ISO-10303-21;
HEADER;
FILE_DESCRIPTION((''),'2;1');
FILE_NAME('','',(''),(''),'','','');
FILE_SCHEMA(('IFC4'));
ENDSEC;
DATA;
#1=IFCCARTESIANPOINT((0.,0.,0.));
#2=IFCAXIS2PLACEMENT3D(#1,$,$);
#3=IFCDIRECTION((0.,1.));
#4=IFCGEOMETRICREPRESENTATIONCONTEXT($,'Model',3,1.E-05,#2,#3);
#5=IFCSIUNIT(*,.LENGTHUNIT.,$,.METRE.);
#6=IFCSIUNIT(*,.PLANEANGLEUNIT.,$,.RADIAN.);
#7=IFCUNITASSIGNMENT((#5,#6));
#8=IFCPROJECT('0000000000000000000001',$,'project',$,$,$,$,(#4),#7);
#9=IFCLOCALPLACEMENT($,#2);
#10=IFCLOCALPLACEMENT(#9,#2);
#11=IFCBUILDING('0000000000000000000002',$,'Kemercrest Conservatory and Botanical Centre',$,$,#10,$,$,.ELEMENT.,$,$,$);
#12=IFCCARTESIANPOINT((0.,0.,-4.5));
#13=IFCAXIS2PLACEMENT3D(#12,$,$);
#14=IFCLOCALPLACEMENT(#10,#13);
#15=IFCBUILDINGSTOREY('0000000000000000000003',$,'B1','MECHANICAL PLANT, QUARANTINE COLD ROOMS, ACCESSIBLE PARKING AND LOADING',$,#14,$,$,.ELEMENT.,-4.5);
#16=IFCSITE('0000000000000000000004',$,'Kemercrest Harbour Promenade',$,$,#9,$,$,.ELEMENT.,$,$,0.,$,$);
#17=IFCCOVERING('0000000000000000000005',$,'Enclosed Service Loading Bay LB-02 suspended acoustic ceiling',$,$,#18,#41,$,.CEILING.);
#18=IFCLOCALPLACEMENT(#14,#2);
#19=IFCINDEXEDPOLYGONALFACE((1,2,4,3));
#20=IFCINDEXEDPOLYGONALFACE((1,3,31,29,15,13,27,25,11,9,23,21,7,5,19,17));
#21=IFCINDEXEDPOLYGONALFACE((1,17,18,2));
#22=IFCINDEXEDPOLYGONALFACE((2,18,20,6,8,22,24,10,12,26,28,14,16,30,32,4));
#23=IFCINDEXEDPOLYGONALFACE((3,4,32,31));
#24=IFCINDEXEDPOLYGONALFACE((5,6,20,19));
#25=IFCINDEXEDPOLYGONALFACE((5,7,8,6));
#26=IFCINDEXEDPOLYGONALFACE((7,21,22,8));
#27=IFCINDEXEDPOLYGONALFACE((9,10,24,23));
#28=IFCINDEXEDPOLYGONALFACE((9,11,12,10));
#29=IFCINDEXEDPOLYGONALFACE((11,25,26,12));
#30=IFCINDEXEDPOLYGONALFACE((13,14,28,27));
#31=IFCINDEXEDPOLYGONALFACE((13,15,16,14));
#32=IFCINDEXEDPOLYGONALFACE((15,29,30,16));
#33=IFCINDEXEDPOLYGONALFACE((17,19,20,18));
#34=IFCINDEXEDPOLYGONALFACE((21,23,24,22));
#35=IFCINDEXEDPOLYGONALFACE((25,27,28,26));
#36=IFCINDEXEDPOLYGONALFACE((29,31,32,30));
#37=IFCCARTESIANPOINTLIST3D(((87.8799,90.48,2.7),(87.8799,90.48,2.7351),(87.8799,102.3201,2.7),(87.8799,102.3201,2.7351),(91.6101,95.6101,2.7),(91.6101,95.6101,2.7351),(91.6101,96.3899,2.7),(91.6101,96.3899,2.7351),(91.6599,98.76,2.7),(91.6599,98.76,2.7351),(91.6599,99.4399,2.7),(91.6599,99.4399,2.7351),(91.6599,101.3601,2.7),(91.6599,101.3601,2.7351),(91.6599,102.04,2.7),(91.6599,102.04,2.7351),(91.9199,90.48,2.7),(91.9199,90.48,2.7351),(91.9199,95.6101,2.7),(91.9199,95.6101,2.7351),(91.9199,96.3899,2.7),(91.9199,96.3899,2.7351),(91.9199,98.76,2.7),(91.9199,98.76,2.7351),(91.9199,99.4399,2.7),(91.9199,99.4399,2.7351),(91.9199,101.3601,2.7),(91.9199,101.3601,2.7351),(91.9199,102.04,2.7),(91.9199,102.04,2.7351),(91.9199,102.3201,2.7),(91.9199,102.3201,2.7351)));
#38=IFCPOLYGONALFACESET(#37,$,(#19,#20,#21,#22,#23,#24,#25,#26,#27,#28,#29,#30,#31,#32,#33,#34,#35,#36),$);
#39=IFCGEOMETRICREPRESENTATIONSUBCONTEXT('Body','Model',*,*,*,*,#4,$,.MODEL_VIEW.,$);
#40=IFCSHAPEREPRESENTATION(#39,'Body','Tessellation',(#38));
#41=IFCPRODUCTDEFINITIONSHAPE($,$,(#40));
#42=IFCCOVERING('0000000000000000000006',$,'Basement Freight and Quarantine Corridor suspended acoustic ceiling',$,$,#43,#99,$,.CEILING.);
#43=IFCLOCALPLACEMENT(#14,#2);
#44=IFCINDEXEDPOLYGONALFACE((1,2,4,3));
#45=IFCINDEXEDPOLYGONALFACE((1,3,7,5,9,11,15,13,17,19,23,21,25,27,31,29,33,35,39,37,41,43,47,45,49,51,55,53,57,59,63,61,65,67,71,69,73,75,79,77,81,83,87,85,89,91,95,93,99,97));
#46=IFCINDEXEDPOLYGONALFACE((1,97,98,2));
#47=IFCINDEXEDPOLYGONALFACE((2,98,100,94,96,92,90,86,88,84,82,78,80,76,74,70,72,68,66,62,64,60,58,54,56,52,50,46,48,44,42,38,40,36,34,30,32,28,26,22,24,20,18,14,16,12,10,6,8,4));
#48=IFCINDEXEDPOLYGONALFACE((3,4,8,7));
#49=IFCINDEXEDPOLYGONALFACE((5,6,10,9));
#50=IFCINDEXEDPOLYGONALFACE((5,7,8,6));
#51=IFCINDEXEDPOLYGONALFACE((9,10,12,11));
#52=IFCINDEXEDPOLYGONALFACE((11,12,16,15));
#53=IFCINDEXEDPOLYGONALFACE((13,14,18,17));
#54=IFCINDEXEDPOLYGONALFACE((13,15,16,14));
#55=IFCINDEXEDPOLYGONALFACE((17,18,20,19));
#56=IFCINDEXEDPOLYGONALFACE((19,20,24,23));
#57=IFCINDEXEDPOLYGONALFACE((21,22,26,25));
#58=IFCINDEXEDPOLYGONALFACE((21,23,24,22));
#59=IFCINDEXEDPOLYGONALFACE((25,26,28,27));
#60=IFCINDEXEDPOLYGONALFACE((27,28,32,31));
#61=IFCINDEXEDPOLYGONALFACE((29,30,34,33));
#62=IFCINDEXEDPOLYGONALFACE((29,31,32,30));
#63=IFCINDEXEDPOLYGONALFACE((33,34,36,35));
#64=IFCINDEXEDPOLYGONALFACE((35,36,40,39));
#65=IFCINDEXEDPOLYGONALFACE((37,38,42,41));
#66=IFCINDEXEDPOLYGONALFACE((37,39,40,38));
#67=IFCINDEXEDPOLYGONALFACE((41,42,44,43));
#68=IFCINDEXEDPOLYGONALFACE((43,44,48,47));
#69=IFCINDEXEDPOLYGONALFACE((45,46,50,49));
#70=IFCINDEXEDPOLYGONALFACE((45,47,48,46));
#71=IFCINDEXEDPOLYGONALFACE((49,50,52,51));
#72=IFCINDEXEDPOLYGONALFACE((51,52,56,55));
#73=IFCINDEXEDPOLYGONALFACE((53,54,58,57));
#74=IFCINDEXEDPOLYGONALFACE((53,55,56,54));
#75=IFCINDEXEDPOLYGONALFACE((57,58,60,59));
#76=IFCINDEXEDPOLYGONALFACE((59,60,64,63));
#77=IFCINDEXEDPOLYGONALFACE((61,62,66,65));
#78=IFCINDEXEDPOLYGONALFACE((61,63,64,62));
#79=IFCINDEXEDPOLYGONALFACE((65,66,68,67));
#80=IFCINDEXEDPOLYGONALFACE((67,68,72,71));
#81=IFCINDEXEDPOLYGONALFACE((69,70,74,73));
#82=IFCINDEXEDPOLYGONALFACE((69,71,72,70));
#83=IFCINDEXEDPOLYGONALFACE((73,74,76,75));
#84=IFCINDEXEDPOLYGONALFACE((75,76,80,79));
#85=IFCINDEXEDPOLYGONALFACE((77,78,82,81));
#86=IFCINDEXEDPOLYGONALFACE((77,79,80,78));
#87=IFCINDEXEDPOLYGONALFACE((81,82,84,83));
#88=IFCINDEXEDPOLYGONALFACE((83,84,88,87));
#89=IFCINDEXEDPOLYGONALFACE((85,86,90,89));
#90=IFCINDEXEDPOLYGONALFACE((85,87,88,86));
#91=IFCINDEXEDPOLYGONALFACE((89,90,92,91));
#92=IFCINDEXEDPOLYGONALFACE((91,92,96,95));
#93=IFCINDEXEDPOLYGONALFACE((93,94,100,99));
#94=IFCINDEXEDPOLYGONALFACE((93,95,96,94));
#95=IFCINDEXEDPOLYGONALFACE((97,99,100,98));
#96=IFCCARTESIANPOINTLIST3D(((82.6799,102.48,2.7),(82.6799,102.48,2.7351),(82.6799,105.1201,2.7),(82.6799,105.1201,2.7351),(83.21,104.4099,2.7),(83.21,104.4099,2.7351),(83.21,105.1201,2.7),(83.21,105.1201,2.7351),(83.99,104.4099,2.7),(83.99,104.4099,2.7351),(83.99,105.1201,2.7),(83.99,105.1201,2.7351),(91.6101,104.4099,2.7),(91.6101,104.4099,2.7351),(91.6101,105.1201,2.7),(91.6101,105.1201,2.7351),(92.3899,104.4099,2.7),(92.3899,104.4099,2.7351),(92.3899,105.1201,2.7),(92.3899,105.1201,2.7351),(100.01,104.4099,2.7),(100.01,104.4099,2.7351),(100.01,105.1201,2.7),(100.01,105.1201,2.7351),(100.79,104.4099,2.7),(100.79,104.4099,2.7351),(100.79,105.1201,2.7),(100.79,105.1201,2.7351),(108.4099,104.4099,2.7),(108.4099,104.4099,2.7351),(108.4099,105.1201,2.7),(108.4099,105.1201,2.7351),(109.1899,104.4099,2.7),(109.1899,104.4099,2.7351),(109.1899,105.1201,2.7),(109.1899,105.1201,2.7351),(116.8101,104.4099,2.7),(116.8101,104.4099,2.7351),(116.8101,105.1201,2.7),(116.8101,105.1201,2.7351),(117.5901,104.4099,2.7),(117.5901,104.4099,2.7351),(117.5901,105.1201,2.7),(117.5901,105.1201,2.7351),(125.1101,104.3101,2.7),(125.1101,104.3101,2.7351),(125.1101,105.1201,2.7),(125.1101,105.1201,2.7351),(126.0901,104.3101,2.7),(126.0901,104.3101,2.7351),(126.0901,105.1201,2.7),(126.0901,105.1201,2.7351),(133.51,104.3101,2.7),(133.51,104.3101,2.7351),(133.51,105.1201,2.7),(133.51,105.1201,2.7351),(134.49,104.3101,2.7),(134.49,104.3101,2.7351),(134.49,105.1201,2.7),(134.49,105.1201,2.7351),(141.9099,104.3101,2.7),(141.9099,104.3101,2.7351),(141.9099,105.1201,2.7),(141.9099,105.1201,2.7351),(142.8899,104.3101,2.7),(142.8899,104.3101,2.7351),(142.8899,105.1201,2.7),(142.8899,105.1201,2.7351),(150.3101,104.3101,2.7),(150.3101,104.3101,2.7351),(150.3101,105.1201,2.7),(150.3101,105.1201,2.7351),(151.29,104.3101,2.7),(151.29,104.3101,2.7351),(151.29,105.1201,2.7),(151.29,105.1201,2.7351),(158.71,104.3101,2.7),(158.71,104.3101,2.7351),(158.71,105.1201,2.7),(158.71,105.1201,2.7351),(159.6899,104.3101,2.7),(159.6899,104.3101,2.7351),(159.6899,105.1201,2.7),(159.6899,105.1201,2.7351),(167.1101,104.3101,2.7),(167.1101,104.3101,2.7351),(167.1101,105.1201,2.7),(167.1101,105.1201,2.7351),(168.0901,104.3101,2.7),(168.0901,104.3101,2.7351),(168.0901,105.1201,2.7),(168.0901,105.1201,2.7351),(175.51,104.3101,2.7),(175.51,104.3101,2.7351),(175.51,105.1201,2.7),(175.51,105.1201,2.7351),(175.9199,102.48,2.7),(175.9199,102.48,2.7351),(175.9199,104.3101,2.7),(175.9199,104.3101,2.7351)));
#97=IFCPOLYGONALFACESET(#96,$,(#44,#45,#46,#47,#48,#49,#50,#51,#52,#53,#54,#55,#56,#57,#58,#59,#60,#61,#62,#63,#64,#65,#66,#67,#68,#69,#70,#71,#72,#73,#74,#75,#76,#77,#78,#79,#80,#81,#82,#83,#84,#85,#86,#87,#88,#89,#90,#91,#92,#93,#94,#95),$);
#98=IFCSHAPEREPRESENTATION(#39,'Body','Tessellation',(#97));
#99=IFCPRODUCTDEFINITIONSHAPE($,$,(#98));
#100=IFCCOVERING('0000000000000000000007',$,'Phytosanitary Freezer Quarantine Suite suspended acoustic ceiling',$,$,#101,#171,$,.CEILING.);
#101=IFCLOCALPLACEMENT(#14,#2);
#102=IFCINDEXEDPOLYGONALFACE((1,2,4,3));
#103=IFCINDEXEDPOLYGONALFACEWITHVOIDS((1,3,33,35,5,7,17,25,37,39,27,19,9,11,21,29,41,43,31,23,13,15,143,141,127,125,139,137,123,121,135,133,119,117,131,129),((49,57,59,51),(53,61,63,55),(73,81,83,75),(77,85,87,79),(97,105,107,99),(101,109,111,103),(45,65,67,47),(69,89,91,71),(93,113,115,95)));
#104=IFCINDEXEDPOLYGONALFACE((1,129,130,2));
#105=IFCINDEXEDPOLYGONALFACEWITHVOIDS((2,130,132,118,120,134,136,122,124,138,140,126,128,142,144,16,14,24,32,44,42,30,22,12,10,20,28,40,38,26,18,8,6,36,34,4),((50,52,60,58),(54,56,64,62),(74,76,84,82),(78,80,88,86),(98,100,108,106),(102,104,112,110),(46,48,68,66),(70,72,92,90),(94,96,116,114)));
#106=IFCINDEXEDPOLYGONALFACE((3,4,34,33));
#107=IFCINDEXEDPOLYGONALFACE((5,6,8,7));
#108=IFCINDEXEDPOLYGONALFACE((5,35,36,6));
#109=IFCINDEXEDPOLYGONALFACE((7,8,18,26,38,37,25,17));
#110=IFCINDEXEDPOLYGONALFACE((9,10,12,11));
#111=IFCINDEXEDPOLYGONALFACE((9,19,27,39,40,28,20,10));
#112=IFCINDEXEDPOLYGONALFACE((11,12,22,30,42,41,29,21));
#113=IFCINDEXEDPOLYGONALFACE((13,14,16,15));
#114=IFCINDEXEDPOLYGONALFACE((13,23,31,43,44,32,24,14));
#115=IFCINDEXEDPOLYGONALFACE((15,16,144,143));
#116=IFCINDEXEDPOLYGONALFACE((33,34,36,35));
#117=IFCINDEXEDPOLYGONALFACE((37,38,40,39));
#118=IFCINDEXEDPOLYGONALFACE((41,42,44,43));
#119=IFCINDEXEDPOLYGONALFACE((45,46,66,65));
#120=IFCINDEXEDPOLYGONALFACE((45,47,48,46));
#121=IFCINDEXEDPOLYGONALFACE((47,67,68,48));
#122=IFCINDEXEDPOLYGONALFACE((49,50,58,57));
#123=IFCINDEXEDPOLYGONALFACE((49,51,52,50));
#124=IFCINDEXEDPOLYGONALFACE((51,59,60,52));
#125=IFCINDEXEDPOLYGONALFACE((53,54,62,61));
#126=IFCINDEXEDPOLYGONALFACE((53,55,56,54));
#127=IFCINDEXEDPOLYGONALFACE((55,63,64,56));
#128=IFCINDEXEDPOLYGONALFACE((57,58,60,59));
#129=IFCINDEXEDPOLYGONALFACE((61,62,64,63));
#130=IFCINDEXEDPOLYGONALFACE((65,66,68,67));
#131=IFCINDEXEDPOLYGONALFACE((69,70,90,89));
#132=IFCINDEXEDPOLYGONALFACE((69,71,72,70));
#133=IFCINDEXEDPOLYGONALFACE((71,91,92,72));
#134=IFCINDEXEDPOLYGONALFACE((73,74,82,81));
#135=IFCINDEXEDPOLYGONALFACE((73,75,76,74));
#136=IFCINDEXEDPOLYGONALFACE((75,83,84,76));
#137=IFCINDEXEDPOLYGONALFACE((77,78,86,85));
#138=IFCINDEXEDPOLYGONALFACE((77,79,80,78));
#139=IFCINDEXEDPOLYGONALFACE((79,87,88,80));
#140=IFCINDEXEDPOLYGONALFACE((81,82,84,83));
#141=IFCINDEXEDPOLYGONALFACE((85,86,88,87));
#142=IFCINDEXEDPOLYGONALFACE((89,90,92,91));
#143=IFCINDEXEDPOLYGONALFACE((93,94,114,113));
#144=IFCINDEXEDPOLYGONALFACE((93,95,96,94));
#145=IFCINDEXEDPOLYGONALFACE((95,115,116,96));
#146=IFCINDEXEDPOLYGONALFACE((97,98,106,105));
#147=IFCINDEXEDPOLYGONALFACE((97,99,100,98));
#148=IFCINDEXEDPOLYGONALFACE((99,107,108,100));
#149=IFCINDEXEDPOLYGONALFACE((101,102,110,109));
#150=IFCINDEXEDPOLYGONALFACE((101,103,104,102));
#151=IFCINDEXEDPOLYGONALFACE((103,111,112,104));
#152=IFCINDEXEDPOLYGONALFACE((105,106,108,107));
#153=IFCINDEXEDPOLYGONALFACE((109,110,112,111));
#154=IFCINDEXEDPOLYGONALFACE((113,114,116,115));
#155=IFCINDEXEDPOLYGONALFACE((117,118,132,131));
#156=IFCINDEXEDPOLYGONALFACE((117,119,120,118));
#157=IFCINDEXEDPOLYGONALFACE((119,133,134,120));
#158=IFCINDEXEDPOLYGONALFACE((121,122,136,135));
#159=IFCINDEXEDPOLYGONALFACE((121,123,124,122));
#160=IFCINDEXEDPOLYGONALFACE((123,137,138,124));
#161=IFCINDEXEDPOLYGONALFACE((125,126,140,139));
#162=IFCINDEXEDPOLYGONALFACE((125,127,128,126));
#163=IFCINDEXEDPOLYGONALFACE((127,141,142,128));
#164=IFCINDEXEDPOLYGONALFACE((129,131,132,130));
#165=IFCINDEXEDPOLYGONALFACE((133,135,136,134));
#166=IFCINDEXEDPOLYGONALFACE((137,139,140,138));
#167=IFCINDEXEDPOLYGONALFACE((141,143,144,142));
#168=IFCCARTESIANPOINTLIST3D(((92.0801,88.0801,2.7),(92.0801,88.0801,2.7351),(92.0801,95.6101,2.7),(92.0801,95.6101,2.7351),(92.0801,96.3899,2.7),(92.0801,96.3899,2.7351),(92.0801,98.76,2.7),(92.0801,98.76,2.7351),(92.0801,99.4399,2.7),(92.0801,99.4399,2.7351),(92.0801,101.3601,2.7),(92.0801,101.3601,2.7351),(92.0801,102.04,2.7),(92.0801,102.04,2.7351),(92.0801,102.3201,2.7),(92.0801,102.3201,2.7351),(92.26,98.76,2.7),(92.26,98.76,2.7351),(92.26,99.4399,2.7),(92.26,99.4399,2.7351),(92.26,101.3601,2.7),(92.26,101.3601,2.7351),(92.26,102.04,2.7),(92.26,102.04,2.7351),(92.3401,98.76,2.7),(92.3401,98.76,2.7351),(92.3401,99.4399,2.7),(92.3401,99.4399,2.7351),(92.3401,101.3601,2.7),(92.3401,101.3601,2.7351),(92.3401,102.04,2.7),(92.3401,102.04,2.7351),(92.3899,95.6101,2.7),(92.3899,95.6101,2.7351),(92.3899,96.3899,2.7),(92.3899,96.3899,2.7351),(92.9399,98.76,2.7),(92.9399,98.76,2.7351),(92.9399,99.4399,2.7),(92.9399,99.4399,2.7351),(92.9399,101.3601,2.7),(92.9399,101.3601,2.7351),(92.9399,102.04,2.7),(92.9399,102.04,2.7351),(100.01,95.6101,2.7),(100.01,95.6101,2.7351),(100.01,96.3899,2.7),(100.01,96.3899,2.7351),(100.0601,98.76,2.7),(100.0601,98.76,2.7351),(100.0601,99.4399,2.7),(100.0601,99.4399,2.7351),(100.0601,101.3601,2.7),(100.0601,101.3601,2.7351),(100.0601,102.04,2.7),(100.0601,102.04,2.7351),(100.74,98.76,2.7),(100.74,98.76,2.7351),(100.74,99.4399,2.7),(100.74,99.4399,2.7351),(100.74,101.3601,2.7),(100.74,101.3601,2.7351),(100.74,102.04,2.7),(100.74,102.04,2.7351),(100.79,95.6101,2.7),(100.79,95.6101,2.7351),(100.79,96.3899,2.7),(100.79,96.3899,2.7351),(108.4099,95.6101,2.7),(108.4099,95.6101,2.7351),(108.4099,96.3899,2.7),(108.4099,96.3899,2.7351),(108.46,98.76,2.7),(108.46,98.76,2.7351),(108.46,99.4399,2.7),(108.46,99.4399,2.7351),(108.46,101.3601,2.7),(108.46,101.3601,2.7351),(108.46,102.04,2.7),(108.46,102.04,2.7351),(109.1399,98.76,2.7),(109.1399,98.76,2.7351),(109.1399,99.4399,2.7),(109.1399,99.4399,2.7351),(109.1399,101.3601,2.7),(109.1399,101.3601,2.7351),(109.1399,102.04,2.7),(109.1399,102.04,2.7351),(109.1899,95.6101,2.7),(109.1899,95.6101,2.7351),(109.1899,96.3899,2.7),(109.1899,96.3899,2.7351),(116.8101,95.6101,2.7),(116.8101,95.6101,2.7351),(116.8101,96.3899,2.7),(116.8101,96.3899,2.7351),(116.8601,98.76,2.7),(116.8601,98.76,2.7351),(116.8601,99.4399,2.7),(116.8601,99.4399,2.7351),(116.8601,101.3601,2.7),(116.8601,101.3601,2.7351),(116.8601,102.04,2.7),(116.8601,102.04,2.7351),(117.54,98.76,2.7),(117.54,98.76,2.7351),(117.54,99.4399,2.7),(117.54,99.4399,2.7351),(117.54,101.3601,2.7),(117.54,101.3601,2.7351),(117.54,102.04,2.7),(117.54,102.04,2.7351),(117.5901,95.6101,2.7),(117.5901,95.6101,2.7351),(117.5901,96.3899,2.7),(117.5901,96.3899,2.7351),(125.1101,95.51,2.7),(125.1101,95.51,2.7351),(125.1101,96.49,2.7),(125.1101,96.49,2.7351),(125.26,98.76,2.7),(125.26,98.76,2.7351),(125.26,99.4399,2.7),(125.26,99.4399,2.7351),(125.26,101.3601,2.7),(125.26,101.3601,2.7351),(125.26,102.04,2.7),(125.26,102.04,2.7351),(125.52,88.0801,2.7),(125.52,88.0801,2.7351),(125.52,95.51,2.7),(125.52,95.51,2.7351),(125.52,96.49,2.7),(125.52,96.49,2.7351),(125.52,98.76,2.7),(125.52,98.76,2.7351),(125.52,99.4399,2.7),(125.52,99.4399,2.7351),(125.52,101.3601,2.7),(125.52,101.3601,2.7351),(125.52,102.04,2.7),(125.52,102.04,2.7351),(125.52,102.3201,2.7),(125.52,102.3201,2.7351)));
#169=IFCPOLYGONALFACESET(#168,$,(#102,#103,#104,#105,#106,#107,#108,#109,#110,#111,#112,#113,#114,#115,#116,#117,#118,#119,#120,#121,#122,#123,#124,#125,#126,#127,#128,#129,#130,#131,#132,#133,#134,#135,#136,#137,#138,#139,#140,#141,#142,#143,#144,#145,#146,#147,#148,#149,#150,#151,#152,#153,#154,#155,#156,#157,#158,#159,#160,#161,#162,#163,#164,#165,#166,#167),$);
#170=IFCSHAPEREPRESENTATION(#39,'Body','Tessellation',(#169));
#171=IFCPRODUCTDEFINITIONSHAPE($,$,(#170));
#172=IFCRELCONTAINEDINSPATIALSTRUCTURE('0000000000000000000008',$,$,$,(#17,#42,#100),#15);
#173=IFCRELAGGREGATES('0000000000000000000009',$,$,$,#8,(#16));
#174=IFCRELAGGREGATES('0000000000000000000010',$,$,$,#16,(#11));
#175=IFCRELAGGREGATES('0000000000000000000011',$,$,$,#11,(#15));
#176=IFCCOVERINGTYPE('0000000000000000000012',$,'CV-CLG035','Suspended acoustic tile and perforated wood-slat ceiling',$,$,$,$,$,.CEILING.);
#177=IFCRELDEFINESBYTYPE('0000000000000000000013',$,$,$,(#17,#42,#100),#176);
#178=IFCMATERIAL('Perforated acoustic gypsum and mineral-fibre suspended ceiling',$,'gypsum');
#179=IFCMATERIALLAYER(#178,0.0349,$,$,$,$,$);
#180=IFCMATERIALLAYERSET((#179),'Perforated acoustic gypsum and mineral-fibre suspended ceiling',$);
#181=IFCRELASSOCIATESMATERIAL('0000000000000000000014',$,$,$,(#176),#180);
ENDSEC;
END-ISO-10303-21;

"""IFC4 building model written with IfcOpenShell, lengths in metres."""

from ifc_helpers import new_model, si_unit, direction, frame, origin, place, context, subcontext, project, spatial, polyline, outline, extrude, material, layer, layer_set, type_object, element, save


model = new_model("IFC4")

# Units and contexts
model_context = context("Model", 3, precision=1e-05, world=origin(), true_north=direction((0.0, 1.0)))
body_context = subcontext(model_context, "Body", "Model", "MODEL_VIEW")
ifc_project = project(units=[si_unit("LENGTHUNIT", "METRE"), si_unit("PLANEANGLEUNIT", "RADIAN")], contexts=[model_context])

# Site, building, storey
site_placement = place(None, origin())
site = spatial("IfcSite", under=ifc_project, at=site_placement, Name="Kemercrest Harbour Promenade", CompositionType="ELEMENT", RefElevation=0.0)
building_placement = place(site_placement, origin())
building = spatial("IfcBuilding", under=site, at=building_placement, Name="Kemercrest Conservatory and Botanical Centre", CompositionType="ELEMENT")
storey_placement = place(building_placement, frame((0.0, 0.0, -4.5)))
storey = spatial("IfcBuildingStorey", under=building, at=storey_placement, Name="B1", Description="MECHANICAL PLANT, QUARANTINE COLD ROOMS, ACCESSIBLE PARKING AND LOADING", CompositionType="ELEMENT", Elevation=-4.5)

# Coverings
ifc_material_1 = material(Name="Perforated acoustic gypsum and mineral-fibre suspended ceiling", Category="gypsum")
ifc_layer_1 = layer(ifc_material_1, 0.0349)
ifc_layer_set_1 = layer_set([ifc_layer_1], Name="Perforated acoustic gypsum and mineral-fibre suspended ceiling")
covering_type_1 = type_object("IfcCoveringType", Name="CV-CLG035", Description="Suspended acoustic tile and perforated wood-slat ceiling", PredefinedType="CEILING", material=ifc_layer_set_1)
covering_1_placement = place(storey_placement, frame((0.0, 0.0, 2.7)))
element("IfcCovering", 1, at=covering_1_placement, inside=storey, type_object=covering_type_1, Name="Enclosed Service Loading Bay LB-02 suspended acoustic ceiling", PredefinedType="CEILING", context=body_context, shape_type="SweptSolid", body=[
    extrude(outline(polyline([(87.8799, 90.48), (91.9199, 90.48), (91.9199, 95.6101), (91.6101, 95.6101), (91.6101, 96.3899), (91.9199, 96.3899), (91.9199, 98.76), (91.6599, 98.76), (91.6599, 99.4399), (91.9199, 99.4399), (91.9199, 101.3601), (91.6599, 101.3601), (91.6599, 102.04), (91.9199, 102.04), (91.9199, 102.3201), (87.8799, 102.3201), (87.8799, 90.48)])), origin(), (0.0, 0.0, 1.0), 0.0352),
])
covering_2_placement = place(storey_placement, frame((0.0, 0.0, 2.7)))
element("IfcCovering", 2, at=covering_2_placement, inside=storey, type_object=covering_type_1, Name="Basement Freight and Quarantine Corridor suspended acoustic ceiling", PredefinedType="CEILING", context=body_context, shape_type="SweptSolid", body=[
    extrude(outline(polyline([(82.6799, 102.48), (175.9199, 102.48), (175.9199, 104.3101), (175.51, 104.3101), (175.51, 105.1201), (168.0901, 105.1201), (168.0901, 104.3101), (167.1101, 104.3101), (167.1101, 105.1201), (159.6899, 105.1201), (159.6899, 104.3101), (158.71, 104.3101), (158.71, 105.1201), (151.29, 105.1201), (151.29, 104.3101), (150.3101, 104.3101), (150.3101, 105.1201), (142.8899, 105.1201), (142.8899, 104.3101), (141.9099, 104.3101), (141.9099, 105.1201), (134.49, 105.1201), (134.49, 104.3101), (133.51, 104.3101), (133.51, 105.1201), (126.0901, 105.1201), (126.0901, 104.3101), (125.1101, 104.3101), (125.1101, 105.1201), (117.5901, 105.1201), (117.5901, 104.4099), (116.8101, 104.4099), (116.8101, 105.1201), (109.1899, 105.1201), (109.1899, 104.4099), (108.4099, 104.4099), (108.4099, 105.1201), (100.79, 105.1201), (100.79, 104.4099), (100.01, 104.4099), (100.01, 105.1201), (92.3899, 105.1201), (92.3899, 104.4099), (91.6101, 104.4099), (91.6101, 105.1201), (83.99, 105.1201), (83.99, 104.4099), (83.21, 104.4099), (83.21, 105.1201), (82.6799, 105.1201), (82.6799, 102.48)])), origin(), (0.0, 0.0, 1.0), 0.0352),
])
covering_3_placement = place(storey_placement, frame((0.0, 0.0, 2.7)))
element("IfcCovering", 3, at=covering_3_placement, inside=storey, type_object=covering_type_1, Name="Phytosanitary Freezer Quarantine Suite suspended acoustic ceiling", PredefinedType="CEILING", context=body_context, shape_type="SweptSolid", body=[
    extrude(outline(polyline([(92.3899, 95.6101), (92.0801, 95.6101), (92.0801, 88.0801), (125.52, 88.0801), (125.52, 95.51), (125.1101, 95.51), (125.1101, 96.49), (125.52, 96.49), (125.52, 98.76), (125.26, 98.76), (125.26, 99.4399), (125.52, 99.4399), (125.52, 101.3601), (125.26, 101.3601), (125.26, 102.04), (125.52, 102.04), (125.52, 102.3201), (92.0801, 102.3201), (92.0801, 102.04), (92.26, 102.04), (92.3401, 102.04), (92.9399, 102.04), (92.9399, 101.3601), (92.3401, 101.3601), (92.26, 101.3601), (92.0801, 101.3601), (92.0801, 99.4399), (92.26, 99.4399), (92.3401, 99.4399), (92.9399, 99.4399), (92.9399, 98.76), (92.3401, 98.76), (92.26, 98.76), (92.0801, 98.76), (92.0801, 96.3899), (92.3899, 96.3899), (92.3899, 95.6101)]), holes=[polyline([(116.8101, 95.6101), (116.8101, 96.3899), (117.5901, 96.3899), (117.5901, 95.6101), (116.8101, 95.6101)]), polyline([(116.8601, 98.76), (116.8601, 99.4399), (117.54, 99.4399), (117.54, 98.76), (116.8601, 98.76)]), polyline([(116.8601, 101.3601), (116.8601, 102.04), (117.54, 102.04), (117.54, 101.3601), (116.8601, 101.3601)]), polyline([(108.4099, 96.3899), (109.1899, 96.3899), (109.1899, 95.6101), (108.4099, 95.6101), (108.4099, 96.3899)]), polyline([(108.46, 98.76), (108.46, 99.4399), (109.1399, 99.4399), (109.1399, 98.76), (108.46, 98.76)]), polyline([(108.46, 101.3601), (108.46, 102.04), (109.1399, 102.04), (109.1399, 101.3601), (108.46, 101.3601)]), polyline([(100.01, 95.6101), (100.01, 96.3899), (100.79, 96.3899), (100.79, 95.6101), (100.01, 95.6101)]), polyline([(100.0601, 99.4399), (100.74, 99.4399), (100.74, 98.76), (100.0601, 98.76), (100.0601, 99.4399)]), polyline([(100.0601, 101.3601), (100.0601, 102.04), (100.74, 102.04), (100.74, 101.3601), (100.0601, 101.3601)])]), origin(), (0.0, 0.0, 1.0), 0.0352),
])

save(model, "model.ifc")
